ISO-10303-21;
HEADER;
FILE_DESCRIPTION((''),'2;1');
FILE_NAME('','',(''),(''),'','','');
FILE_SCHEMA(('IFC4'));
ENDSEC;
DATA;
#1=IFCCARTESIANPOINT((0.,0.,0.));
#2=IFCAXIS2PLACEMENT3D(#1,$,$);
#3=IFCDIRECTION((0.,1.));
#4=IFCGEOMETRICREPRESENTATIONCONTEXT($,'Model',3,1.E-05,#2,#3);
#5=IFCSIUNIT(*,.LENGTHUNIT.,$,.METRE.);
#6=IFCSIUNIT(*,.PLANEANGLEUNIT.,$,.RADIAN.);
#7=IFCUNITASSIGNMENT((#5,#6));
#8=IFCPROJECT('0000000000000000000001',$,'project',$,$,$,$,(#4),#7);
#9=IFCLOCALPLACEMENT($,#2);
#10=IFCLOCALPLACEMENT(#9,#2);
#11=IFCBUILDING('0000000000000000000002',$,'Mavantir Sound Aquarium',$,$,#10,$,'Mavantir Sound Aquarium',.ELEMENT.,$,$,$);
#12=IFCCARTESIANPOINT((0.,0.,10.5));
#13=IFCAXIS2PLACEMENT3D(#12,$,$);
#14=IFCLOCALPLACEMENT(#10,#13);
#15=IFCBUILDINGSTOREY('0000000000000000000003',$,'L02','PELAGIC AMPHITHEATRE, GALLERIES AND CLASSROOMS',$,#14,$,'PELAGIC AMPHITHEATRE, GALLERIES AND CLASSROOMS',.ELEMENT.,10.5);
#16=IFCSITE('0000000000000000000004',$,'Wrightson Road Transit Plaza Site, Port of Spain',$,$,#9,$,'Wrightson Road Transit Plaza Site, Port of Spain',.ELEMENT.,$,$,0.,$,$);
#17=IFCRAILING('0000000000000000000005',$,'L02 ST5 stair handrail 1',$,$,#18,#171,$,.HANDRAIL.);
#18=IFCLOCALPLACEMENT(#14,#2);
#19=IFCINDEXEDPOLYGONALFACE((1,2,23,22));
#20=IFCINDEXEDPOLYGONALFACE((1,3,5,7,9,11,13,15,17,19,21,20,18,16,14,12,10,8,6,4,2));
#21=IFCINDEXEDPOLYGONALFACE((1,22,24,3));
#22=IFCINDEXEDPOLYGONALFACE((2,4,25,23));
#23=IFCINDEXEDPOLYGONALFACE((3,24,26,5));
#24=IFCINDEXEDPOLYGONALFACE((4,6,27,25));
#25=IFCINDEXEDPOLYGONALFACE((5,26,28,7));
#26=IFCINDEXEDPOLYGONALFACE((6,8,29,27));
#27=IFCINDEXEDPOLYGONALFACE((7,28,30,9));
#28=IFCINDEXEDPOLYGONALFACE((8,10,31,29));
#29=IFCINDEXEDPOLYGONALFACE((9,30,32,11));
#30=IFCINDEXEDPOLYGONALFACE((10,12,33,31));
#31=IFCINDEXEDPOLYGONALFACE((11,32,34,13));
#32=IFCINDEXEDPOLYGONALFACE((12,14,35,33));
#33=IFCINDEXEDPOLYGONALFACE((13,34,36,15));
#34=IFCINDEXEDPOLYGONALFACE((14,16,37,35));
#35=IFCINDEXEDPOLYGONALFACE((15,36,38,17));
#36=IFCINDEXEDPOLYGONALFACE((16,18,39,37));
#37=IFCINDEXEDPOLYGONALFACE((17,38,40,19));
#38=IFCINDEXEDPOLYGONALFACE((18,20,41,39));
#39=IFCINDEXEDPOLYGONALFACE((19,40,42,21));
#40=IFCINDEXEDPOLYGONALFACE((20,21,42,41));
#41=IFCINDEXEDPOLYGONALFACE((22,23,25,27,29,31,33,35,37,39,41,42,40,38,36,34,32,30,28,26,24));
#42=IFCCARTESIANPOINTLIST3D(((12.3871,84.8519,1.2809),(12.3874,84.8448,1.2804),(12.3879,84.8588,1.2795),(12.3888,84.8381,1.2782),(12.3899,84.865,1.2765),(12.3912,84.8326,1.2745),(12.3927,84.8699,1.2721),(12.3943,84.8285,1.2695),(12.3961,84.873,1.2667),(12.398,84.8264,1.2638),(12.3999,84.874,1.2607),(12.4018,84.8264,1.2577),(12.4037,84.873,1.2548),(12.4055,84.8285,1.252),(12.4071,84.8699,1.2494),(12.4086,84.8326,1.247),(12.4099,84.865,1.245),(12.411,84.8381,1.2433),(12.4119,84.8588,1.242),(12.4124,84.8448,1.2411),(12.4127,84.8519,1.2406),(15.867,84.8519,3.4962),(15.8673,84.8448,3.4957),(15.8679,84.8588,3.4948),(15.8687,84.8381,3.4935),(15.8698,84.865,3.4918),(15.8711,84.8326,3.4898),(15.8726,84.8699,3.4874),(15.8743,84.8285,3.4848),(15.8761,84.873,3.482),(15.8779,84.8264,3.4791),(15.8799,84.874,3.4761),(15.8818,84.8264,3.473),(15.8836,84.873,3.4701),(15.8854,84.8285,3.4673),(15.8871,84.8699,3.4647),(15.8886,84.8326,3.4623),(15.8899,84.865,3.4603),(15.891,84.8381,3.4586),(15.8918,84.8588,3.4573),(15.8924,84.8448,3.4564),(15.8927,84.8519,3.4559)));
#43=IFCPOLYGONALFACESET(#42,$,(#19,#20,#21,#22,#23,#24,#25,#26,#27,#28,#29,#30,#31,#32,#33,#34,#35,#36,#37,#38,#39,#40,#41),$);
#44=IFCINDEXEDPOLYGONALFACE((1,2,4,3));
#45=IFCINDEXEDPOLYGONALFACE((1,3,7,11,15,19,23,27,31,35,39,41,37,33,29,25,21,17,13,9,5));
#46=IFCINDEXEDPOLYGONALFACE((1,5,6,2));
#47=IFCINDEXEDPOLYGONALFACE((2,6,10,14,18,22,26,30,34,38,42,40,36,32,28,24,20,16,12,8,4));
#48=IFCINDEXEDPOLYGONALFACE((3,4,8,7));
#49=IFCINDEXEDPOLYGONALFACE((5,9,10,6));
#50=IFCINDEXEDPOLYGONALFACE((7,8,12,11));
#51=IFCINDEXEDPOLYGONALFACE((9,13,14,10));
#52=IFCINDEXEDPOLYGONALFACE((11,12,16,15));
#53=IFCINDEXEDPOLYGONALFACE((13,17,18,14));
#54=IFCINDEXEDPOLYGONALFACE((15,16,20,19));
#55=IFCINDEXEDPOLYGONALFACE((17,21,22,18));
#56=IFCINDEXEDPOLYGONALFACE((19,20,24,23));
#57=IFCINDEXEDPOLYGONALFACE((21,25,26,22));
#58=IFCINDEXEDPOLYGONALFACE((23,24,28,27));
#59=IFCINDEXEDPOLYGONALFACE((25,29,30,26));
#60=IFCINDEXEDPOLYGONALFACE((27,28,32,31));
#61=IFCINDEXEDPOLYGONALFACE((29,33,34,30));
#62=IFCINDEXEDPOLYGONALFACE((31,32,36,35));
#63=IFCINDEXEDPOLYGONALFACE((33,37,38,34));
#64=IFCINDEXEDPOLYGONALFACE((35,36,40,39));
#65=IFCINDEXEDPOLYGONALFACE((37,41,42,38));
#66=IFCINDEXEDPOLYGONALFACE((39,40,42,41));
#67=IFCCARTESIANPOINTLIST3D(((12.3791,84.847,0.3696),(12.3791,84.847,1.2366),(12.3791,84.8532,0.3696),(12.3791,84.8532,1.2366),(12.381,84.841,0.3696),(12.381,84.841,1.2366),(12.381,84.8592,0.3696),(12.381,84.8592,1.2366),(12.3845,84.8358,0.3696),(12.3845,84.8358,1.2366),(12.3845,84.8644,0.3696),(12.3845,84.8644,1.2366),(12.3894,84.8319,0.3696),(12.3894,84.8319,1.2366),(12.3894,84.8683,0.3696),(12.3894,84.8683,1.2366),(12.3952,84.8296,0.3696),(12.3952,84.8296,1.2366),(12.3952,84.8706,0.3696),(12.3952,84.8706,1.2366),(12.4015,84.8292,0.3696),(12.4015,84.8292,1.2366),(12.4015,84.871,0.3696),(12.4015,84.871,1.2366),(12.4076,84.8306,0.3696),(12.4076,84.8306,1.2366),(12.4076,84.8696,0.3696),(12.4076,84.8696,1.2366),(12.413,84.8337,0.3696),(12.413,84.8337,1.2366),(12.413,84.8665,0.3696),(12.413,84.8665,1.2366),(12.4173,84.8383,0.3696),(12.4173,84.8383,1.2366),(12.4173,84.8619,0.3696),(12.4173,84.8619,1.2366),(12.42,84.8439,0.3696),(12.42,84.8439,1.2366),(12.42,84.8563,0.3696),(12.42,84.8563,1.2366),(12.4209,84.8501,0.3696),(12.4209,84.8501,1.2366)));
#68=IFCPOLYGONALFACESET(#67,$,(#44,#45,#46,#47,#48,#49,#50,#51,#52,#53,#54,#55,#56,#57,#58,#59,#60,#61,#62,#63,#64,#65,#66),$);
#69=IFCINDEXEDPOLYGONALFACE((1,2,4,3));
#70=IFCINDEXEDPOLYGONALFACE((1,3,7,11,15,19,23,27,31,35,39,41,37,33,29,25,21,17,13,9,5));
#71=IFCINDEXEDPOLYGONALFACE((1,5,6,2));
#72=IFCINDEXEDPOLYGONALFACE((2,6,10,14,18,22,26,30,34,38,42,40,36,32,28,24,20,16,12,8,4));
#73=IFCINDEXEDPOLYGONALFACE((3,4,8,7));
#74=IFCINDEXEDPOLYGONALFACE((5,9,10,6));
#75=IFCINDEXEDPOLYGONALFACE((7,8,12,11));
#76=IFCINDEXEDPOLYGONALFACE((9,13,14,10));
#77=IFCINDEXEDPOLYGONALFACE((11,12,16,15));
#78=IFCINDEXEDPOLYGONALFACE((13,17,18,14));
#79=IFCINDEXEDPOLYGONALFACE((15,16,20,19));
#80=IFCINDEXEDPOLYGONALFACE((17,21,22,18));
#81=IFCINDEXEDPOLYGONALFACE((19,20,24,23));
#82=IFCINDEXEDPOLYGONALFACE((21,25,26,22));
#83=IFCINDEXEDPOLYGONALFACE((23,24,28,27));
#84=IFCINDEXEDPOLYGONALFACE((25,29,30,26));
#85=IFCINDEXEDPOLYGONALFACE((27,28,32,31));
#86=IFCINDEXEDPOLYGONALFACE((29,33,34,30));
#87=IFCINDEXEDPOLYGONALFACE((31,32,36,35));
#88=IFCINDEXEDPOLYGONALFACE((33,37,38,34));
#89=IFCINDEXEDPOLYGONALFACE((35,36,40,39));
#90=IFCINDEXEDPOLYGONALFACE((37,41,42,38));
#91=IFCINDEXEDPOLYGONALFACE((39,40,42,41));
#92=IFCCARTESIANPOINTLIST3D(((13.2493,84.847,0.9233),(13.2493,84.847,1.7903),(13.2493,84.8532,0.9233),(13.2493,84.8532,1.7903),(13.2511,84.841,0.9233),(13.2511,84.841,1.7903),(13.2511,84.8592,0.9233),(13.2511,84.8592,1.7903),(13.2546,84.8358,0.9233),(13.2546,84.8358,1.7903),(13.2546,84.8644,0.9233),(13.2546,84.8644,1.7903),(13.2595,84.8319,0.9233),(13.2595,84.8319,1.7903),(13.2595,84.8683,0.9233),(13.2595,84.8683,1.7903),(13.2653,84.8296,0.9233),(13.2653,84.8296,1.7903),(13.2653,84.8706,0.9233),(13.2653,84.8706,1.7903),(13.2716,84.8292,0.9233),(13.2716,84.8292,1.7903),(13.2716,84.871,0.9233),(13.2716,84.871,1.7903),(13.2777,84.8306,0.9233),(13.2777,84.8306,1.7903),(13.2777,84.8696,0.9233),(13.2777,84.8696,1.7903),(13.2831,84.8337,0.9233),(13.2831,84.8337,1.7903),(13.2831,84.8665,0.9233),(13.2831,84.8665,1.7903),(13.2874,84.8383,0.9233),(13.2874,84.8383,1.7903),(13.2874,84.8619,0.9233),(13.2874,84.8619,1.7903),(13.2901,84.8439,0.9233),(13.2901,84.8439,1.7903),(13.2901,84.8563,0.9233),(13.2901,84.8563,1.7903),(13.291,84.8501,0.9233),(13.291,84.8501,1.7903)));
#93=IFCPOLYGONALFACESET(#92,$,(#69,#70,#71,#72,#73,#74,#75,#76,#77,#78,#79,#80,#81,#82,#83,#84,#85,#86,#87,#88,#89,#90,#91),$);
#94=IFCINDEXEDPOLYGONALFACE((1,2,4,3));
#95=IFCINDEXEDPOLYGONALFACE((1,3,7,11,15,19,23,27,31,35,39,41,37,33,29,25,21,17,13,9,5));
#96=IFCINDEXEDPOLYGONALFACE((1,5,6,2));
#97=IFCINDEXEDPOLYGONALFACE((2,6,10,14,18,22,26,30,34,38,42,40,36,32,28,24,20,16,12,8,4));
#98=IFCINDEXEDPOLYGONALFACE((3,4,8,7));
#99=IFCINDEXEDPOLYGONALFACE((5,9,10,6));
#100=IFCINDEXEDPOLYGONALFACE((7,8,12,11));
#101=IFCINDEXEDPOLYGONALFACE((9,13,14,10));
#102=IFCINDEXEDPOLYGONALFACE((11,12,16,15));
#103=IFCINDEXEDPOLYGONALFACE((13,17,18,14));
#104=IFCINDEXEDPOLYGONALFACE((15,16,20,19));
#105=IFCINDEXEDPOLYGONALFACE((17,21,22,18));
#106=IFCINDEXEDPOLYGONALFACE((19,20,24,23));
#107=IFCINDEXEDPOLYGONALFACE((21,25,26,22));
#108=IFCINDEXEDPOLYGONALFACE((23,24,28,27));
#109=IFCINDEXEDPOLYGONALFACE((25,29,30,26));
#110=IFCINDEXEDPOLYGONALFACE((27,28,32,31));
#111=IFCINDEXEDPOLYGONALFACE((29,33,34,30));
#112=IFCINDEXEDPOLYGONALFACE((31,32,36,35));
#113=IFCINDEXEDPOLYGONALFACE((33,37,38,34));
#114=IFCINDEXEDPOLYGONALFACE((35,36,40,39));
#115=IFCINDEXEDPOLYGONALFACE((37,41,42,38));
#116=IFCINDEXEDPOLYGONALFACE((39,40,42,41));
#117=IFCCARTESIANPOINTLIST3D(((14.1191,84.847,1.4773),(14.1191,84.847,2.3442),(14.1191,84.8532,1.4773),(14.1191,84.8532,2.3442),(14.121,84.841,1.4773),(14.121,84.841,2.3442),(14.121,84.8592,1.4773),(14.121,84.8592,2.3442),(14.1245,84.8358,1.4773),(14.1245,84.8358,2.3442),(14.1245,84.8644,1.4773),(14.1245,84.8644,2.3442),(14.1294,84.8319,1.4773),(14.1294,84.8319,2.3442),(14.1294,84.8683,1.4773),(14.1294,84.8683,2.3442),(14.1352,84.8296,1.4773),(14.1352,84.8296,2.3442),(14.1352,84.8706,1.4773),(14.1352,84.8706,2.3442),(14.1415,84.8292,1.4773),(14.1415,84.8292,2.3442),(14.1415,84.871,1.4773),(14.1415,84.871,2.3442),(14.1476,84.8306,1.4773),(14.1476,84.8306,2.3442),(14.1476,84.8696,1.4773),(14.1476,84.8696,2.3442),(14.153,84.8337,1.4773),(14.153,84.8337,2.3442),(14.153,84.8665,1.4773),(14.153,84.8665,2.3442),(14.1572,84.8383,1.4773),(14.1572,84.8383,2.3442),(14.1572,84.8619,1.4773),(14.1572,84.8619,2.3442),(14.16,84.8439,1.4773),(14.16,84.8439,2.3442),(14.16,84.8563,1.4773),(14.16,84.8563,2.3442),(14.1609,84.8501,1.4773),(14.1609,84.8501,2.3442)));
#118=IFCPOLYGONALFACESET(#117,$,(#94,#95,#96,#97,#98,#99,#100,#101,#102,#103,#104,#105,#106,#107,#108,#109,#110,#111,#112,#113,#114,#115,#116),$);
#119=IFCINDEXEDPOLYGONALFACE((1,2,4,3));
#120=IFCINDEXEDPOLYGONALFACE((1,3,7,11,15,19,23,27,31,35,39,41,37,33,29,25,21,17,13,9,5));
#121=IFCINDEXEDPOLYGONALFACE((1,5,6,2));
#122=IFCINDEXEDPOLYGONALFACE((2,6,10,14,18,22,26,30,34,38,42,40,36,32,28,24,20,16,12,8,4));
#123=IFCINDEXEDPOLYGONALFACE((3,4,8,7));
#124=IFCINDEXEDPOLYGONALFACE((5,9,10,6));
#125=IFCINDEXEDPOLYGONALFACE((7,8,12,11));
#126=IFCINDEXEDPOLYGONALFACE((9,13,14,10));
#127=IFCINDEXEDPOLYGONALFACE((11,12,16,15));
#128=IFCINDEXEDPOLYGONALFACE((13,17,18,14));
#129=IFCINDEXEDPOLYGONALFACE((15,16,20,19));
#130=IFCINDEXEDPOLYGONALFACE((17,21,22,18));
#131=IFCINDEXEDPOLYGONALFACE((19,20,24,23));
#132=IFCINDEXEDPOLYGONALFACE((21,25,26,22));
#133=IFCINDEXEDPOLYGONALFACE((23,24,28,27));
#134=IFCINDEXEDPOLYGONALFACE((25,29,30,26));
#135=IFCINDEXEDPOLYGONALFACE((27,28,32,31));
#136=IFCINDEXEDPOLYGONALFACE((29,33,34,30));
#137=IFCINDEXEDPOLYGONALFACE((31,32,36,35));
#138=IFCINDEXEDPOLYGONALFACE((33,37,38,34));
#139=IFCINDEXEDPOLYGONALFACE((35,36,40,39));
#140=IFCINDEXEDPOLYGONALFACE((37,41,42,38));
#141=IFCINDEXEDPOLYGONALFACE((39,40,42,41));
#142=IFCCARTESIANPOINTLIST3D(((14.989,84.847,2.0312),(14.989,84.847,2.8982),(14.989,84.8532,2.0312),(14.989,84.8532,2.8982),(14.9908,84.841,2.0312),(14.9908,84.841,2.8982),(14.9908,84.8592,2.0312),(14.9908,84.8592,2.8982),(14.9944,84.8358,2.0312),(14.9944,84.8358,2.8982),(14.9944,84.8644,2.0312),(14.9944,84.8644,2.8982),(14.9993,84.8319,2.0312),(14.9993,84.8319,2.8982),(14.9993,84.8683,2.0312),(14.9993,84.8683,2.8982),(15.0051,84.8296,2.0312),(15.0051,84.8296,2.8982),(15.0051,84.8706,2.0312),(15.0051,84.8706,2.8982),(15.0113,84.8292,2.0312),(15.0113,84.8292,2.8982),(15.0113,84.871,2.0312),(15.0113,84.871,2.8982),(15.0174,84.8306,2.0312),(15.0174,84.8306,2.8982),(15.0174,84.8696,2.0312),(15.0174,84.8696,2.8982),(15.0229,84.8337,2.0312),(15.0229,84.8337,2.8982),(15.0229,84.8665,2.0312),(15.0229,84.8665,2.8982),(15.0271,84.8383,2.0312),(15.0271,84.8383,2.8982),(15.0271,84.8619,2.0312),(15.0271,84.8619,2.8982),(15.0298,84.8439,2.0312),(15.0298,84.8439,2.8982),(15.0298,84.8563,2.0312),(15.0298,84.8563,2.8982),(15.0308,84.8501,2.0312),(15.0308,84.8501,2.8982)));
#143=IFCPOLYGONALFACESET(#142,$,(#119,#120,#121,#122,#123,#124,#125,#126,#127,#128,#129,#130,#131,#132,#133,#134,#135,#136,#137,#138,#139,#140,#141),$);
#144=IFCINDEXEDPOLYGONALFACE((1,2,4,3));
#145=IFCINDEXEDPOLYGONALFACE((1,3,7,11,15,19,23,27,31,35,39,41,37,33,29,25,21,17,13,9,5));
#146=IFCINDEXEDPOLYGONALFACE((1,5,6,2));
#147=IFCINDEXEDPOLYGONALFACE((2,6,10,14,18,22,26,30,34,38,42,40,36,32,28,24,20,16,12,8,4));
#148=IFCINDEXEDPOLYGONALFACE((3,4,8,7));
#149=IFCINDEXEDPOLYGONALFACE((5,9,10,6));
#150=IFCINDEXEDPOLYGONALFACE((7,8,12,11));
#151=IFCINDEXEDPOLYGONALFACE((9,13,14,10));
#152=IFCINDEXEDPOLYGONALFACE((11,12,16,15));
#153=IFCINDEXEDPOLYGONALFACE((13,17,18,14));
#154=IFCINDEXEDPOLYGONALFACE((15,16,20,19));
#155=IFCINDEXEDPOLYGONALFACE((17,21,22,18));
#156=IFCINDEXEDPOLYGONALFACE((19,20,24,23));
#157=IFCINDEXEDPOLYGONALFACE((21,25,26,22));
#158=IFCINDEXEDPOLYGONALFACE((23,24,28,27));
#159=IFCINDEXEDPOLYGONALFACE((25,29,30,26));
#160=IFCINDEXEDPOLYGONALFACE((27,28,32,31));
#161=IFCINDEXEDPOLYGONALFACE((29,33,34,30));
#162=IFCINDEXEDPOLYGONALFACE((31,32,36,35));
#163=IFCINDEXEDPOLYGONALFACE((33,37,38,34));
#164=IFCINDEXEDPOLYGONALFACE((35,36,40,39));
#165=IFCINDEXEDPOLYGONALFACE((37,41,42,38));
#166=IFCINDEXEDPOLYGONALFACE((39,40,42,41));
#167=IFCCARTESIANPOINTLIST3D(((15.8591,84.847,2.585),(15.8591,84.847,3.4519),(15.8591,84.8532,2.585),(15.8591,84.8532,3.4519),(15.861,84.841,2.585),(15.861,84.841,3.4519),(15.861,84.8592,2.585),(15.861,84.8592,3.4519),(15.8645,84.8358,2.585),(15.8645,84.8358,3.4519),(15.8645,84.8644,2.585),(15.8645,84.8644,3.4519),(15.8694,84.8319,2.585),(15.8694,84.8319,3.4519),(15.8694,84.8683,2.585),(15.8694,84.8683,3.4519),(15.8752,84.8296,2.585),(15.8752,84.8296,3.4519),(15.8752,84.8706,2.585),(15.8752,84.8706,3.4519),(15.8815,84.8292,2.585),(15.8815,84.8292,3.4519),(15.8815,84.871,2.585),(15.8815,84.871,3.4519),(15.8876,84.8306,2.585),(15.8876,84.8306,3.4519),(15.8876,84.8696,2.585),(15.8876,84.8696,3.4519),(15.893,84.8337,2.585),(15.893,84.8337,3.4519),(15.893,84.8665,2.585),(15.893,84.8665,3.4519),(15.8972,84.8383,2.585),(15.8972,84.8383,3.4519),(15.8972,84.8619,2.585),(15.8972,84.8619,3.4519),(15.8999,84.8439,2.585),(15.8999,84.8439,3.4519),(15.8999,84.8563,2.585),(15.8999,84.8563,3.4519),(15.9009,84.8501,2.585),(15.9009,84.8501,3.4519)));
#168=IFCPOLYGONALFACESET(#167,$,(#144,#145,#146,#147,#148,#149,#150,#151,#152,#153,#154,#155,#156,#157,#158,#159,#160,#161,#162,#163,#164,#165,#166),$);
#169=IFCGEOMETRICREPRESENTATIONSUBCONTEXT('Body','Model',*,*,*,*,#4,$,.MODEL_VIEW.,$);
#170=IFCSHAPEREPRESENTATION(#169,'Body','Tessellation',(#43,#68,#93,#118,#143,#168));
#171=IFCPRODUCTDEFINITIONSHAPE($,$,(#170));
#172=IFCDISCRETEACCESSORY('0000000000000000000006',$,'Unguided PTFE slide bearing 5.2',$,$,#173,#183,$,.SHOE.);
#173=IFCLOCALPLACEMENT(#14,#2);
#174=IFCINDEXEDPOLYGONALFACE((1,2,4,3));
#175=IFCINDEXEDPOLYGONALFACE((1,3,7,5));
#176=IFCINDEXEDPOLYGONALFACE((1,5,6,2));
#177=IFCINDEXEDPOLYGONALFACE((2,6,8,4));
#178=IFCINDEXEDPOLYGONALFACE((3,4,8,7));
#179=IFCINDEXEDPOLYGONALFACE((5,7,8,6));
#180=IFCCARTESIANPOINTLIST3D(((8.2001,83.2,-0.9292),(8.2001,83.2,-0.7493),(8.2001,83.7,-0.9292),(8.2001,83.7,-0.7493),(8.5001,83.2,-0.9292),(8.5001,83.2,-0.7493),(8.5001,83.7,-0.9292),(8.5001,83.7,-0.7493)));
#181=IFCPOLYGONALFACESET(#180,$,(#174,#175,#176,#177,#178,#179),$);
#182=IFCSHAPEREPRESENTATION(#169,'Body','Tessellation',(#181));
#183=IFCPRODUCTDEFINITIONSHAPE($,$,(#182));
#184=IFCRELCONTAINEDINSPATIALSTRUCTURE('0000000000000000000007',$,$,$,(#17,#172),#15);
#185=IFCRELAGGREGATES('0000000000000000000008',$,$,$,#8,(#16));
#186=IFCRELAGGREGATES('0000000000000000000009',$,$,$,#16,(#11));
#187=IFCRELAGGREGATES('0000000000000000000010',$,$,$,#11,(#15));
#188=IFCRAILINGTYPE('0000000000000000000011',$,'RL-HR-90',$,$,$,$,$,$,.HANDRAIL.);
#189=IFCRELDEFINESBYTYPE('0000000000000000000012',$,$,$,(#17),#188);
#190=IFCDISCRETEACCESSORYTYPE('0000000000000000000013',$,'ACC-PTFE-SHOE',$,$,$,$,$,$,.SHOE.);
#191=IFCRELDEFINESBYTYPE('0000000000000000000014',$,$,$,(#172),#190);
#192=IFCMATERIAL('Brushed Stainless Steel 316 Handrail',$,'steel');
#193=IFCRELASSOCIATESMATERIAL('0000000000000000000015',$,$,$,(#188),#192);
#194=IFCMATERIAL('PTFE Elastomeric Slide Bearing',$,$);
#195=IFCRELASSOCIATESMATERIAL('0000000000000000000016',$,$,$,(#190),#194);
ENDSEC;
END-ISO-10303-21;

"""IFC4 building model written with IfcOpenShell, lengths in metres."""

from ifc_helpers import new_model, si_unit, direction, frame, origin, origin_2d, place, context, subcontext, project, spatial, rectangle, circle, extrude, material, type_object, element, save


model = new_model("IFC4")

# Units and contexts
model_context = context("Model", 3, precision=1e-05, world=origin(), true_north=direction((0.0, 1.0)))
body_context = subcontext(model_context, "Body", "Model", "MODEL_VIEW")
ifc_project = project(units=[si_unit("LENGTHUNIT", "METRE"), si_unit("PLANEANGLEUNIT", "RADIAN")], contexts=[model_context])

# Site, building, storey
site_placement = place(None, origin())
site = spatial("IfcSite", under=ifc_project, at=site_placement, Name="Wrightson Road Transit Plaza Site, Port of Spain", LongName="Wrightson Road Transit Plaza Site, Port of Spain", CompositionType="ELEMENT", RefElevation=0.0)
building_placement = place(site_placement, origin())
building = spatial("IfcBuilding", under=site, at=building_placement, Name="Mavantir Sound Aquarium", LongName="Mavantir Sound Aquarium", CompositionType="ELEMENT")
storey_placement = place(building_placement, frame((0.0, 0.0, 10.5)))
storey = spatial("IfcBuildingStorey", under=building, at=storey_placement, Name="L02", Description="PELAGIC AMPHITHEATRE, GALLERIES AND CLASSROOMS", LongName="PELAGIC AMPHITHEATRE, GALLERIES AND CLASSROOMS", CompositionType="ELEMENT", Elevation=10.5)

# Railing
ifc_material_1 = material(Name="Brushed Stainless Steel 316 Handrail", Category="steel")
railing_type_1 = type_object("IfcRailingType", Name="RL-HR-90", PredefinedType="HANDRAIL", material=ifc_material_1)
railing_1_placement = place(storey_placement, frame((12.3999, 84.8501, 0.3696)))
element("IfcRailing", 1, at=railing_1_placement, inside=storey, type_object=railing_type_1, Name="L02 ST5 stair handrail 1", PredefinedType="HANDRAIL", context=body_context, shape_type="SweptSolid", body=[
    extrude(circle(Radius=0.0239, at=origin_2d()), frame((0.0, 0.0, 0.8911), z_axis=(0.843574, 0.0, 0.537013), x_axis=(0.0, 1.0, 0.0)), (0.0, 0.0, 1.0), 4.1252),
    extrude(circle(Radius=0.021, at=origin_2d()), origin(), (0.0, 0.0, 1.0), 0.8669),
    extrude(circle(Radius=0.021, at=origin_2d()), frame((0.8701, 0.0, 0.5537)), (0.0, 0.0, 1.0), 0.8669),
    extrude(circle(Radius=0.021, at=origin_2d()), frame((1.74, 0.0, 1.1077)), (0.0, 0.0, 1.0), 0.8669),
    extrude(circle(Radius=0.021, at=origin_2d()), frame((2.6099, 0.0, 1.6616)), (0.0, 0.0, 1.0), 0.8669),
    extrude(circle(Radius=0.021, at=origin_2d()), frame((3.48, 0.0, 2.2153)), (0.0, 0.0, 1.0), 0.8669),
])

# Discrete accessory
ifc_material_2 = material(Name="PTFE Elastomeric Slide Bearing")
discrete_accessory_type = type_object("IfcDiscreteAccessoryType", Name="ACC-PTFE-SHOE", PredefinedType="SHOE", material=ifc_material_2)
discrete_accessory_placement = place(storey_placement, frame((8.3501, 83.45, -0.9292), z_axis=(0.0, 0.0, 1.0), x_axis=(1.0, 0.0, 0.0)))
element("IfcDiscreteAccessory", 2, at=discrete_accessory_placement, inside=storey, type_object=discrete_accessory_type, Name="Unguided PTFE slide bearing 5.2", PredefinedType="SHOE", context=body_context, shape_type="SweptSolid", body=[
    extrude(rectangle(XDim=0.3, YDim=0.5, at=origin_2d()), origin(), (0.0, 0.0, 1.0), 0.1799),
])

save(model, "model.ifc")
